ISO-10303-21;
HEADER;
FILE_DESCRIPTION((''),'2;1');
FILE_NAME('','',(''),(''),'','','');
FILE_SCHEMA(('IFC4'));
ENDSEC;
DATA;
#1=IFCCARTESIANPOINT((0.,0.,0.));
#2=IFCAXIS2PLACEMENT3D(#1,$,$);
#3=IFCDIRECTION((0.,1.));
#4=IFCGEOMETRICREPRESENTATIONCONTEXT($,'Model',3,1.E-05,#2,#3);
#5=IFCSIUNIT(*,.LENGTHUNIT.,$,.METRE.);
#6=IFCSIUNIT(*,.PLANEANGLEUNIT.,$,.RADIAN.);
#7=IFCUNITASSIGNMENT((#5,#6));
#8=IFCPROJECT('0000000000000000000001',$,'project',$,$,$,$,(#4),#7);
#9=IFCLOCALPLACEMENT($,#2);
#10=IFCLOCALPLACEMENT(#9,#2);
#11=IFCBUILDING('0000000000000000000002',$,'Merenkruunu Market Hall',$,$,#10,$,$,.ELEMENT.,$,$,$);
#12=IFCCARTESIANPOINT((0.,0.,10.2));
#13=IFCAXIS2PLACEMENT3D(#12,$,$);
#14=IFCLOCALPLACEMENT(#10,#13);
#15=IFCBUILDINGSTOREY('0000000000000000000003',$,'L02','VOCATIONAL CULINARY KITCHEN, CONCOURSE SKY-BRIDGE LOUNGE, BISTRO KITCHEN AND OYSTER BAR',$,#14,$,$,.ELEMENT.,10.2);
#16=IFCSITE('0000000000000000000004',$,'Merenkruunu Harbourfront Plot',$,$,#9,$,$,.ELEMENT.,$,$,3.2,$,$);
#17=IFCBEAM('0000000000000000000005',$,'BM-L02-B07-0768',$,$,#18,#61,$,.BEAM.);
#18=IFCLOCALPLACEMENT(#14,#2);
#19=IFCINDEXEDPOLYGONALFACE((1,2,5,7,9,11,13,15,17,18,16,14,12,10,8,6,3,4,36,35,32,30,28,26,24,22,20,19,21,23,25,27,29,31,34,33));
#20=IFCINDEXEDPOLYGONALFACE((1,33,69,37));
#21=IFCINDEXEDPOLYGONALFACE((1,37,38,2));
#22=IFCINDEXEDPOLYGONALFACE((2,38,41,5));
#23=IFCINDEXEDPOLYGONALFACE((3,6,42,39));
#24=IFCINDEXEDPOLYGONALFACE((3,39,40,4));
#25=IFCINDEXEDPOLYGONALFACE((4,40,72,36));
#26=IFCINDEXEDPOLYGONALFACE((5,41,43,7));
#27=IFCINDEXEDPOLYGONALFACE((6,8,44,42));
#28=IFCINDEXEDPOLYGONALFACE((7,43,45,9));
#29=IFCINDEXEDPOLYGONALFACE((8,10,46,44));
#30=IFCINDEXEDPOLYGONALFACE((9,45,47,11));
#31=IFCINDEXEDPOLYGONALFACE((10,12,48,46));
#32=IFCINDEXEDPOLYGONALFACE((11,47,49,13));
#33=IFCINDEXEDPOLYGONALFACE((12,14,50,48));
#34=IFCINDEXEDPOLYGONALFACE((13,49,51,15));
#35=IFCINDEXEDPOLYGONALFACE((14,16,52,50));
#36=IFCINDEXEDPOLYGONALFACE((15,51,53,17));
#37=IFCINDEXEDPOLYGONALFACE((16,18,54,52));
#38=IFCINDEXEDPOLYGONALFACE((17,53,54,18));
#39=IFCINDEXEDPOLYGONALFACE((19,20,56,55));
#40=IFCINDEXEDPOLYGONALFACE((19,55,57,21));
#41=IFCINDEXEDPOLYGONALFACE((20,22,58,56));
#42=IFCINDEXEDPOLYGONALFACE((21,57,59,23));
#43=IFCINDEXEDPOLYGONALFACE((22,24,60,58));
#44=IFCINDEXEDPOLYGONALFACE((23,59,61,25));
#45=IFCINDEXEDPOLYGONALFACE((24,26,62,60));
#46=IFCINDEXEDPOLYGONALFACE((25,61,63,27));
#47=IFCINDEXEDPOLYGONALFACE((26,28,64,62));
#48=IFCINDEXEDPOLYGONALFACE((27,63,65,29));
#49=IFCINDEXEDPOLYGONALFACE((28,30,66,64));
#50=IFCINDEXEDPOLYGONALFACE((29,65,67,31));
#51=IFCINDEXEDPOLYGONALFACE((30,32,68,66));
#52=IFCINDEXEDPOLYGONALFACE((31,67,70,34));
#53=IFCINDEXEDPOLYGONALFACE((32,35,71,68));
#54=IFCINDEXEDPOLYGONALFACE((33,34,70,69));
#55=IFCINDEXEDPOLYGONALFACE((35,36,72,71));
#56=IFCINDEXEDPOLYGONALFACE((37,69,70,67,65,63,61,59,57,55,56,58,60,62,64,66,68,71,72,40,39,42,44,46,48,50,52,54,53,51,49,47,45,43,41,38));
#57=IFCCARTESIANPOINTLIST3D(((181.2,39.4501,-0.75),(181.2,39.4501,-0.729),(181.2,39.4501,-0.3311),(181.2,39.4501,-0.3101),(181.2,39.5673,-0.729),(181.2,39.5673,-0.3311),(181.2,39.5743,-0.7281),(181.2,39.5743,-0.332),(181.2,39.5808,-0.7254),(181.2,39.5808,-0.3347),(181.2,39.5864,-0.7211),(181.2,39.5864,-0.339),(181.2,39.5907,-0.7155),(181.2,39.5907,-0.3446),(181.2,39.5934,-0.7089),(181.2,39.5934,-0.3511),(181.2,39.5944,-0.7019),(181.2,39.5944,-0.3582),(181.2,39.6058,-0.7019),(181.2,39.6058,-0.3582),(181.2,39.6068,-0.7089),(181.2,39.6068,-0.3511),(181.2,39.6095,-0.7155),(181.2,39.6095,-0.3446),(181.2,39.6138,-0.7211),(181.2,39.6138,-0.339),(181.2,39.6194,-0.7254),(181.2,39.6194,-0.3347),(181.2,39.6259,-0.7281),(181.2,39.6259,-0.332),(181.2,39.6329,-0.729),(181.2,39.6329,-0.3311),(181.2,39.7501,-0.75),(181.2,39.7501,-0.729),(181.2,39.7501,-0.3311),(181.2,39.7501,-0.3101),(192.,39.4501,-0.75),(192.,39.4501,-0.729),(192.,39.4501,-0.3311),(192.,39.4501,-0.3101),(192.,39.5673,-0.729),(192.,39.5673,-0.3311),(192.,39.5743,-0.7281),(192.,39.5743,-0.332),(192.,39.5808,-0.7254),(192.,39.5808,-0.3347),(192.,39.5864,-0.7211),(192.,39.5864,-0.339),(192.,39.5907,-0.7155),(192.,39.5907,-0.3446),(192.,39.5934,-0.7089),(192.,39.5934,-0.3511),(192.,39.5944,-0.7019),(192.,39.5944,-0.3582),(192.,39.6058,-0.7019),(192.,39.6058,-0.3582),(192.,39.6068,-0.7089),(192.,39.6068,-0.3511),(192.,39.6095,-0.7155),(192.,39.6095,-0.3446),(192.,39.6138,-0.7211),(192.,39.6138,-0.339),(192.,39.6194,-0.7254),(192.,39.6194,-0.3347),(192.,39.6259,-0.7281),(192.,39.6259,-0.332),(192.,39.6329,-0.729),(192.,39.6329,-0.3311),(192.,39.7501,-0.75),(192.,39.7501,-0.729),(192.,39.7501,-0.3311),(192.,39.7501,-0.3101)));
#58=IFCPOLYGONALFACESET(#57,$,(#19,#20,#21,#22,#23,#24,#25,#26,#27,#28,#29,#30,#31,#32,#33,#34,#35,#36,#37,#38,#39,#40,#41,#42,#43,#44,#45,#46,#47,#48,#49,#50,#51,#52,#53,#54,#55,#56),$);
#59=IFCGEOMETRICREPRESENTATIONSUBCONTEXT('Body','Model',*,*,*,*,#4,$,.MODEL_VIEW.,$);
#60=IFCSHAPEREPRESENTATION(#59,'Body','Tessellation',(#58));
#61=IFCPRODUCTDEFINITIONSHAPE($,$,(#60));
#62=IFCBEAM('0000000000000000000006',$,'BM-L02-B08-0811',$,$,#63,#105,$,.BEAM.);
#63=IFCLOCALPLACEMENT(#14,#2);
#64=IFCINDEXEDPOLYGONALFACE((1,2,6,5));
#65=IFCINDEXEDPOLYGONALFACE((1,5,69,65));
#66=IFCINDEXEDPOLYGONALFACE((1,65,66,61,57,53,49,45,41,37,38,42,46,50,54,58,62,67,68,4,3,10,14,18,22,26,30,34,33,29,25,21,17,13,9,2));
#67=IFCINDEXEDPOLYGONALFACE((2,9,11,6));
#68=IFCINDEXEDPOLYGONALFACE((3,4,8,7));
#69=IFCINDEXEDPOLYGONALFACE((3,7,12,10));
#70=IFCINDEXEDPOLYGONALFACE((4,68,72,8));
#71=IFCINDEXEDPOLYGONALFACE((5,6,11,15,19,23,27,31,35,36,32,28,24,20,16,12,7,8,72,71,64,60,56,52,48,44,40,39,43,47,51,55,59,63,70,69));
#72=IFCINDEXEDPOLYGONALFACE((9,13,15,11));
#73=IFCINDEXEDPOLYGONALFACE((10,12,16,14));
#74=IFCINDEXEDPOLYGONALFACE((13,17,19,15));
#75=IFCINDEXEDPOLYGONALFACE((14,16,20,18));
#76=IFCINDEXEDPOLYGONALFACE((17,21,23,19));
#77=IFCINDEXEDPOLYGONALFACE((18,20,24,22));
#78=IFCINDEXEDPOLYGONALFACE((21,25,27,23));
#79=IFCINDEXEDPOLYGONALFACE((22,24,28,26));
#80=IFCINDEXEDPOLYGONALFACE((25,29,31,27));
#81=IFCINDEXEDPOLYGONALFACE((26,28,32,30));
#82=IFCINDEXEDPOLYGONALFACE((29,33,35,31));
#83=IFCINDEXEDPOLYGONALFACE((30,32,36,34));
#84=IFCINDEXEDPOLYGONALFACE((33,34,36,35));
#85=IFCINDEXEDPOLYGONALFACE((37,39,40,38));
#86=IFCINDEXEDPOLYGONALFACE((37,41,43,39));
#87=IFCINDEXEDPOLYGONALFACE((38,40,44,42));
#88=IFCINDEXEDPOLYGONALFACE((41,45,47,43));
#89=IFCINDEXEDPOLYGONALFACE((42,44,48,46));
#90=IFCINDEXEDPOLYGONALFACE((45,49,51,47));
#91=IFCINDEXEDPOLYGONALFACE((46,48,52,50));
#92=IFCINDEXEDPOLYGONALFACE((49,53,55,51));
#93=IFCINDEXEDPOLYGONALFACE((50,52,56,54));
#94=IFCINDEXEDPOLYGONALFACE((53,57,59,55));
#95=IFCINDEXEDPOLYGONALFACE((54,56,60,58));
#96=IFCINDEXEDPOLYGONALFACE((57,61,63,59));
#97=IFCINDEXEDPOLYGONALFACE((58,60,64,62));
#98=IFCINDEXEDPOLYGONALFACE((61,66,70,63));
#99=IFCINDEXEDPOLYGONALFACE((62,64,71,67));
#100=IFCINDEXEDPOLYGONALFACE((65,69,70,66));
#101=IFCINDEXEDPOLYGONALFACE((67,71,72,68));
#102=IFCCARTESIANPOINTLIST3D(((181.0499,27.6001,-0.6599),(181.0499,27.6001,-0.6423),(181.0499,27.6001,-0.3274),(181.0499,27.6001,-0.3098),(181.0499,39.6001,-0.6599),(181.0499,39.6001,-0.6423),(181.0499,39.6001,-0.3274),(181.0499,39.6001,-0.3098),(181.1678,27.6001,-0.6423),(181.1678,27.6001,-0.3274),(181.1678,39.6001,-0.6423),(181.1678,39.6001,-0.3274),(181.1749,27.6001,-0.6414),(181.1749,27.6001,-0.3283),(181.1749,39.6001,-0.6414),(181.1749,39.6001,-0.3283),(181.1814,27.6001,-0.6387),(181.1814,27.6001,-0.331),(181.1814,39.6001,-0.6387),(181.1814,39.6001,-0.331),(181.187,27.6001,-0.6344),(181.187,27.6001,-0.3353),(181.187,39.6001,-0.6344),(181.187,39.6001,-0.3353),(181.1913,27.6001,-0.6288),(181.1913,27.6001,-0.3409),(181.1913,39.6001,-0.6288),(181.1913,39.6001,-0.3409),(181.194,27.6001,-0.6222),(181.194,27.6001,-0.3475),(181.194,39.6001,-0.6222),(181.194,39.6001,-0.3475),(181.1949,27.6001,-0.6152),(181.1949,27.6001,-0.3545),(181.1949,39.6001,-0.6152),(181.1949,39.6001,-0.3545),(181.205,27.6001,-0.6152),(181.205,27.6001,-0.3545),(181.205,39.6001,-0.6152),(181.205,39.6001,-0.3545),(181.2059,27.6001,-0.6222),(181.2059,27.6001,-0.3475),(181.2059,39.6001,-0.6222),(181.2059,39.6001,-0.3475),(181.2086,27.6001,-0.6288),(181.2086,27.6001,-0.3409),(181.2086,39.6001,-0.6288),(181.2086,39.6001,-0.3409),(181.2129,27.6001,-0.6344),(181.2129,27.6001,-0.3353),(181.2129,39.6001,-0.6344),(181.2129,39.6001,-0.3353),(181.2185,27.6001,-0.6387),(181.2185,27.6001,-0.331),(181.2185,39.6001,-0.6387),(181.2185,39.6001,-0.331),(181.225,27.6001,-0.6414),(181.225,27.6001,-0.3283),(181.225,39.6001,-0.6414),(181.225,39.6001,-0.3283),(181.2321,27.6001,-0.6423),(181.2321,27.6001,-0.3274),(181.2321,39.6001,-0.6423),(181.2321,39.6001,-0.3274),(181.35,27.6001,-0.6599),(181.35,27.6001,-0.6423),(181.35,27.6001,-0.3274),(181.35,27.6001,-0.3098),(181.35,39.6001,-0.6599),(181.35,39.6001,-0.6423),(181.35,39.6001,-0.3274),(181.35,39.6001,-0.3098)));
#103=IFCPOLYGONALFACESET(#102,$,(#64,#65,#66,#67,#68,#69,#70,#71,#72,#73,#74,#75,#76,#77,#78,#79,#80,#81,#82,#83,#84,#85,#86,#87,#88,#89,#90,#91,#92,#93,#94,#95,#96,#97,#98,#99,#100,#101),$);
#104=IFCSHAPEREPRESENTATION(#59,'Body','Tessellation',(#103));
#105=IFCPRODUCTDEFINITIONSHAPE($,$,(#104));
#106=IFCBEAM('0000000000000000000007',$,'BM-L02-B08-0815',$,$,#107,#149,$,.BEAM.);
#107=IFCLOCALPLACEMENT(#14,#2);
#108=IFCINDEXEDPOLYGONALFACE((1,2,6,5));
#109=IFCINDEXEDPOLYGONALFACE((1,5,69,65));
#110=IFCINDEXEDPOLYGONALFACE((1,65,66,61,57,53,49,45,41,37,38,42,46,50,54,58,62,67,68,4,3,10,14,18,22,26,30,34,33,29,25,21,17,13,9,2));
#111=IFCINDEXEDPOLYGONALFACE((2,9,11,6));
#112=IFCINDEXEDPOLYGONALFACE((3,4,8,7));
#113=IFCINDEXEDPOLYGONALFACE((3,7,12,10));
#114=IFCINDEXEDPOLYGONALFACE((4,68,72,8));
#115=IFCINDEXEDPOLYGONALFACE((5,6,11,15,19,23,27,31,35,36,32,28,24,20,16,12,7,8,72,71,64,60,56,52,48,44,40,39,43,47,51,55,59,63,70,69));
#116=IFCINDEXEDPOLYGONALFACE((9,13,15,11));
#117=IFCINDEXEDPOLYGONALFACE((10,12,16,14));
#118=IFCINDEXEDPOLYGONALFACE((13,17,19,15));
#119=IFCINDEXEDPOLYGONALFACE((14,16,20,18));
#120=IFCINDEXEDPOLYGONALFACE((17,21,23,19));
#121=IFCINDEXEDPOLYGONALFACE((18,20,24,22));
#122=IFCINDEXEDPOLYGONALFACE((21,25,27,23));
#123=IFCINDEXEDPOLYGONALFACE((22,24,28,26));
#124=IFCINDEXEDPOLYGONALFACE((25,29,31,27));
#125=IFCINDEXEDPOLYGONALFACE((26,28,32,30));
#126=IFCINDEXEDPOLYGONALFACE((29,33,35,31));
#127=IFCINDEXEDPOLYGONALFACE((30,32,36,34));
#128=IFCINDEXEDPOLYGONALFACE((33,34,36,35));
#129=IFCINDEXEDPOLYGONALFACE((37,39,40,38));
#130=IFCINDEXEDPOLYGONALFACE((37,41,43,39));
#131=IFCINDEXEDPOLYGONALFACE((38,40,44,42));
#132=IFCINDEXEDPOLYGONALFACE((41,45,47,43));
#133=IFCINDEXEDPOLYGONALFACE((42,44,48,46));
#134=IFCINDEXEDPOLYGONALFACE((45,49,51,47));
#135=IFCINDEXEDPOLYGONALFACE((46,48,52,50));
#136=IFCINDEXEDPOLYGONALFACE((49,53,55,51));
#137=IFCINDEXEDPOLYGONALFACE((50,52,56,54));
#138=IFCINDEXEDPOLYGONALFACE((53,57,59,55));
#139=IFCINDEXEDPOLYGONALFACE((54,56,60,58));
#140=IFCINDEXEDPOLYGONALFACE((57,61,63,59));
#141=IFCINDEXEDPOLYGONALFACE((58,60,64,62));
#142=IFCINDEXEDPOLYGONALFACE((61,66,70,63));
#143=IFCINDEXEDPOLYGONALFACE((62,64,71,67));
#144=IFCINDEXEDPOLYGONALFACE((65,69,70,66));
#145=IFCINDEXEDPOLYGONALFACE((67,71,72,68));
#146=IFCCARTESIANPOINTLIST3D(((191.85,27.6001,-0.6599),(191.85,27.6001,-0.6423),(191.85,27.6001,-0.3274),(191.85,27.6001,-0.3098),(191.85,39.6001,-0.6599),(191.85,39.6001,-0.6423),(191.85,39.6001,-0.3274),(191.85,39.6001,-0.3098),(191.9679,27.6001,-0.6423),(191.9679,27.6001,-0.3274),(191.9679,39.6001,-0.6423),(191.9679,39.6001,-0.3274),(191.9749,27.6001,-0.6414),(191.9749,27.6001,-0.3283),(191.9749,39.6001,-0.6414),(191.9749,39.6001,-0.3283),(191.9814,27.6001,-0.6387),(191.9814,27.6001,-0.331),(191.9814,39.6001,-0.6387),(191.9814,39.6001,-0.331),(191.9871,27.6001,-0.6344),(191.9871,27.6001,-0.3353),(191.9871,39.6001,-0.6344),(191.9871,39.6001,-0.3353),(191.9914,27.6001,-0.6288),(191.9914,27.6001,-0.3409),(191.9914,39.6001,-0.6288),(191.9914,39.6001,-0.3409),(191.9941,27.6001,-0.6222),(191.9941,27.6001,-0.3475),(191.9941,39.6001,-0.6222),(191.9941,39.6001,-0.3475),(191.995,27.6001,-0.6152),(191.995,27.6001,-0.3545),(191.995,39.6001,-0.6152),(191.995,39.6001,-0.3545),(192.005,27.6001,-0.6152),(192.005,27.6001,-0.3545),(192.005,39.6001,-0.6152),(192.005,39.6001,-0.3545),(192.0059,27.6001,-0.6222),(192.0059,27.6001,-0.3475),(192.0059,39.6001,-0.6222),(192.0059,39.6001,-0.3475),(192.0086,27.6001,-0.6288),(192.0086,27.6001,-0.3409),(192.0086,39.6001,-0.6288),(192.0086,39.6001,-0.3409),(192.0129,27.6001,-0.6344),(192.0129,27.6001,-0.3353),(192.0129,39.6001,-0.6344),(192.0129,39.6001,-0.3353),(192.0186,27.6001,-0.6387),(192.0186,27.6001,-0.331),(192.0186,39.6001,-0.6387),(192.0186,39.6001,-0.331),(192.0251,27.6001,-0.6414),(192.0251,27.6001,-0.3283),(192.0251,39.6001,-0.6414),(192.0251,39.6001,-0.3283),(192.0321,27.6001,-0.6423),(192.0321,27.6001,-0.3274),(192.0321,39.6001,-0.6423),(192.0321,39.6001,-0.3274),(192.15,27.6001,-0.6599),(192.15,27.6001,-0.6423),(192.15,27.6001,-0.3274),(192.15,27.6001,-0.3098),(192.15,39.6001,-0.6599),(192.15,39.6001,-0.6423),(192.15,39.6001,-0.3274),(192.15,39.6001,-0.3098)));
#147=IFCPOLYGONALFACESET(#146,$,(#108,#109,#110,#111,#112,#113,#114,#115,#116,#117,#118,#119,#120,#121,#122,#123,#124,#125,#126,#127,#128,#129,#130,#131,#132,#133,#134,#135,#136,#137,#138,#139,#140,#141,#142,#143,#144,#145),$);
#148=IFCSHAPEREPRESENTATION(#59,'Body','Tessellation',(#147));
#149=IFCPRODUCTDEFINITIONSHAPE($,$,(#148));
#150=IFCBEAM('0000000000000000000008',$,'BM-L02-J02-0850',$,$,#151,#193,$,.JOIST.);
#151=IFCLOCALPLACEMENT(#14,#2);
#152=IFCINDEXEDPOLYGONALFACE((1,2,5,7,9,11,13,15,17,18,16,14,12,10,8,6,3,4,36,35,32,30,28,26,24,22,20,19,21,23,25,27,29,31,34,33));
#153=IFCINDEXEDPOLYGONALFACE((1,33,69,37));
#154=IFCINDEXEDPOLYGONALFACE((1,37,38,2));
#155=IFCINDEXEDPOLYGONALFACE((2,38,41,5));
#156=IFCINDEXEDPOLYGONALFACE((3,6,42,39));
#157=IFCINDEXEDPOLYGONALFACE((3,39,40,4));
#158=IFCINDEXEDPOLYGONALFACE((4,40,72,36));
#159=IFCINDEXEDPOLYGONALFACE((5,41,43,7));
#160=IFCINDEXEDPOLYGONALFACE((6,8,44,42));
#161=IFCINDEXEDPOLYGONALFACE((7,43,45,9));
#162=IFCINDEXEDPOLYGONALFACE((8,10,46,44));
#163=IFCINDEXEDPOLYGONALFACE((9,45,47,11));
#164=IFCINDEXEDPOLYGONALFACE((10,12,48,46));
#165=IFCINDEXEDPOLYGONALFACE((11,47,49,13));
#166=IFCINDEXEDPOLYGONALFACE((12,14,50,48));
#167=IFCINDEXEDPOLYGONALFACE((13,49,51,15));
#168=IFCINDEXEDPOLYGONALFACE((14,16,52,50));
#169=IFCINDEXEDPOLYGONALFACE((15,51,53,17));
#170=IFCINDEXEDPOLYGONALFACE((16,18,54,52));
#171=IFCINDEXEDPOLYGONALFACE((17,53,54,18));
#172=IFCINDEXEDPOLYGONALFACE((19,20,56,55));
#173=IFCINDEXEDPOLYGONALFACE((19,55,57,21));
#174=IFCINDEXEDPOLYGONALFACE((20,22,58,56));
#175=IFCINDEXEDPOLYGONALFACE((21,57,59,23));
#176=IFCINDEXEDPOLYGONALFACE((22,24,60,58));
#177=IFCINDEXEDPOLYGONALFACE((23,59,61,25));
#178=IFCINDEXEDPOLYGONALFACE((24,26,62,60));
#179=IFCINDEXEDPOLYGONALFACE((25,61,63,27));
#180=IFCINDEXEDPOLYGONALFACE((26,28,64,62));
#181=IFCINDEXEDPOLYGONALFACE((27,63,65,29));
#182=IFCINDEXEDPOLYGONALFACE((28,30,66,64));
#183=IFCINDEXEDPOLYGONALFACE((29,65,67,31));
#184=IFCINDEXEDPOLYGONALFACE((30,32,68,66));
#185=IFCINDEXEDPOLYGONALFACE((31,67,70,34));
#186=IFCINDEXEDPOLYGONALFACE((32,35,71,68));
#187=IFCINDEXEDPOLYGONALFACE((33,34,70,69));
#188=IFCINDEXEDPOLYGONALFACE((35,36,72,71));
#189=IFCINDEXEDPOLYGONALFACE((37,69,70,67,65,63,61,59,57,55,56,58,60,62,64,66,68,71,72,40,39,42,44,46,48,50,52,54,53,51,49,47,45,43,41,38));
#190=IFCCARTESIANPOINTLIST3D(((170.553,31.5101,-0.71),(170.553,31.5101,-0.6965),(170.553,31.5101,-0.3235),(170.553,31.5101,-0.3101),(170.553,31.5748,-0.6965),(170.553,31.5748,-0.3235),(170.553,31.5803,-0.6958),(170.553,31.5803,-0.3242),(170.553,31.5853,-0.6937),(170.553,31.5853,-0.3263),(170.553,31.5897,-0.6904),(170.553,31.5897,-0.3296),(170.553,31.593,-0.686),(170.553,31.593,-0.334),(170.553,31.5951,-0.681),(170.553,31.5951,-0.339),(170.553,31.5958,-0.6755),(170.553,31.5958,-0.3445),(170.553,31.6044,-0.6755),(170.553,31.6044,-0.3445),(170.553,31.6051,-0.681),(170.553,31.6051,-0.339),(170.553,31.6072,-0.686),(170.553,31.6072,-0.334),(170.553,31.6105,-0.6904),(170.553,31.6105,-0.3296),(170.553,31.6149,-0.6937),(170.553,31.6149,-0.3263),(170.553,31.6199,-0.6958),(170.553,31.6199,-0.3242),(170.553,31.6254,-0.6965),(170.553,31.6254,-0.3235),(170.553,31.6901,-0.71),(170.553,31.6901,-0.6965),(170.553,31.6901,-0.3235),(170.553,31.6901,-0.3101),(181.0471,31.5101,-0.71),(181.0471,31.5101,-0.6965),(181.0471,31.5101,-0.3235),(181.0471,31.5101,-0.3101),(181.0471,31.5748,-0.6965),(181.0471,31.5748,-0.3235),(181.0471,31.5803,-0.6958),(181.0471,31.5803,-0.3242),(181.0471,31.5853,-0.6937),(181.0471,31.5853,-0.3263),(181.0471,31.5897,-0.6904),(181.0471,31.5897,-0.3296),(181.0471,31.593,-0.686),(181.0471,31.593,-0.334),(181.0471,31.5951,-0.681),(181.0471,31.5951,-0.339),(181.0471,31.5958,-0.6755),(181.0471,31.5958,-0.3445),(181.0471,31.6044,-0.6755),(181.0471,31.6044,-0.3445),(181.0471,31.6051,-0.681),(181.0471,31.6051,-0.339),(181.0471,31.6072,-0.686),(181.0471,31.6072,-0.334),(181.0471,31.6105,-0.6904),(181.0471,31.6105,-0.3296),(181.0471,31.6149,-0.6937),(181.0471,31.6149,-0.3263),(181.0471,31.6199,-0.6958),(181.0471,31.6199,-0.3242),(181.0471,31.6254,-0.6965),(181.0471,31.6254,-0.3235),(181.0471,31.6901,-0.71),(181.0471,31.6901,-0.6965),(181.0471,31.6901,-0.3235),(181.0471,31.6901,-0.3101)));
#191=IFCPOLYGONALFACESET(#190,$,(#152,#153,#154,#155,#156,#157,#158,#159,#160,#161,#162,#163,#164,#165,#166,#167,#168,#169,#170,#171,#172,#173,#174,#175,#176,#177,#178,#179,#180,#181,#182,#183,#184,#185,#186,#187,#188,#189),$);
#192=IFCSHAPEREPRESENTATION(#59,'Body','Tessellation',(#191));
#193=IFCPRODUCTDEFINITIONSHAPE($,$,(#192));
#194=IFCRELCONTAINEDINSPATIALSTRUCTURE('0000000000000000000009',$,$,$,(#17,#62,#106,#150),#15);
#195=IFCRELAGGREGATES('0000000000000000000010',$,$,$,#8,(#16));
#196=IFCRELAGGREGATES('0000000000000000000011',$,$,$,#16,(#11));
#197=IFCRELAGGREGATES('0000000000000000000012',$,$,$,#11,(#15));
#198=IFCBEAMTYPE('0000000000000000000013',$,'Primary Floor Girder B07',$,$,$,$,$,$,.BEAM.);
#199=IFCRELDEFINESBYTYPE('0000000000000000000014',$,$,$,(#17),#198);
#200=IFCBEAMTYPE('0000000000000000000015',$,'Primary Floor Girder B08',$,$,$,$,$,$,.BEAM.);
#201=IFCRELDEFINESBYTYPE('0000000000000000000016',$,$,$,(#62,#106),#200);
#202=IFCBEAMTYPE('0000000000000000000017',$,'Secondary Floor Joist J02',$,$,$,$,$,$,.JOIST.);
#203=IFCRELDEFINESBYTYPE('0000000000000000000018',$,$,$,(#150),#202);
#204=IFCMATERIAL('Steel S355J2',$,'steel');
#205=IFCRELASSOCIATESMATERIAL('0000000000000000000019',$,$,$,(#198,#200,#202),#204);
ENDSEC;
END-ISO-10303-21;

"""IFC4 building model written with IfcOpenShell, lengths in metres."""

from ifc_helpers import new_model, si_unit, direction, frame, origin, origin_2d, place, context, subcontext, project, spatial, i_section, extrude, material, material_profile, profile_set, type_object, element, save


model = new_model("IFC4")

# Units and contexts
model_context = context("Model", 3, precision=1e-05, world=origin(), true_north=direction((0.0, 1.0)))
body_context = subcontext(model_context, "Body", "Model", "MODEL_VIEW")
ifc_project = project(units=[si_unit("LENGTHUNIT", "METRE"), si_unit("PLANEANGLEUNIT", "RADIAN")], contexts=[model_context])

# Site, building, storey
site_placement = place(None, origin())
site = spatial("IfcSite", under=ifc_project, at=site_placement, Name="Merenkruunu Harbourfront Plot", CompositionType="ELEMENT", RefElevation=3.2)
building_placement = place(site_placement, origin())
building = spatial("IfcBuilding", under=site, at=building_placement, Name="Merenkruunu Market Hall", CompositionType="ELEMENT")
storey_placement = place(building_placement, frame((0.0, 0.0, 10.2)))
storey = spatial("IfcBuildingStorey", under=building, at=storey_placement, Name="L02", Description="VOCATIONAL CULINARY KITCHEN, CONCOURSE SKY-BRIDGE LOUNGE, BISTRO KITCHEN AND OYSTER BAR", CompositionType="ELEMENT", Elevation=10.2)

# Shared definitions
ifc_material_1 = material(Name="Steel S355J2", Category="steel")

# Beams
ifc_material_profile_1 = material_profile(ifc_material_1, i_section(OverallWidth=0.3, OverallDepth=0.4399, WebThickness=0.0115, FlangeThickness=0.021, FilletRadius=0.0271, at=origin_2d()), Name="HEA 450")
ifc_profile_set_1 = profile_set([ifc_material_profile_1], Name="Steel S355J2")
beam_type_1 = type_object("IfcBeamType", Name="Primary Floor Girder B07", PredefinedType="BEAM", material=ifc_profile_set_1)
for number, where, z_axis, x_axis, name in (
    (1, (181.2, 39.6001, -0.53), (1.0, 0.0, 0.0), (0.0, 1.0, 0.0), "BM-L02-B07-0768"),
):
    element("IfcBeam", number, at=place(storey_placement, frame(where, z_axis=z_axis, x_axis=x_axis)), inside=storey, type_object=beam_type_1, Name=name, PredefinedType="BEAM", context=body_context, shape_type="SweptSolid", body=[
        extrude(i_section(OverallWidth=0.3, OverallDepth=0.4399, WebThickness=0.0115, FlangeThickness=0.021, FilletRadius=0.0271, at=origin_2d()), origin(), (0.0, 0.0, 1.0), 10.8),
    ])
ifc_material_profile_2 = material_profile(ifc_material_1, i_section(OverallWidth=0.3, OverallDepth=0.3501, WebThickness=0.01, FlangeThickness=0.0176, FilletRadius=0.0271, at=origin_2d()), Name="HEA 360")
ifc_profile_set_2 = profile_set([ifc_material_profile_2], Name="Steel S355J2")
beam_type_2 = type_object("IfcBeamType", Name="Primary Floor Girder B08", PredefinedType="BEAM", material=ifc_profile_set_2)
for number, where, z_axis, x_axis, name in (
    (2, (181.2, 27.6001, -0.4849), (0.0, 1.0, 0.0), (-1.0, 0.0, 0.0), "BM-L02-B08-0811"),
    (3, (192.0, 27.6001, -0.4849), (0.0, 1.0, 0.0), (-1.0, 0.0, 0.0), "BM-L02-B08-0815"),
):
    element("IfcBeam", number, at=place(storey_placement, frame(where, z_axis=z_axis, x_axis=x_axis)), inside=storey, type_object=beam_type_2, Name=name, PredefinedType="BEAM", context=body_context, shape_type="SweptSolid", body=[
        extrude(i_section(OverallWidth=0.3, OverallDepth=0.3501, WebThickness=0.01, FlangeThickness=0.0176, FilletRadius=0.0271, at=origin_2d()), origin(), (0.0, 0.0, 1.0), 12.0),
    ])
ifc_material_profile_3 = material_profile(ifc_material_1, i_section(OverallWidth=0.1799, OverallDepth=0.3999, WebThickness=0.0085, FlangeThickness=0.0134, FilletRadius=0.021, at=origin_2d()), Name="IPE 400")
ifc_profile_set_3 = profile_set([ifc_material_profile_3], Name="Steel S355J2")
beam_type_3 = type_object("IfcBeamType", Name="Secondary Floor Joist J02", PredefinedType="JOIST", material=ifc_profile_set_3)
for number, where, z_axis, x_axis, name in (
    (4, (170.553, 31.6001, -0.51), (1.0, 0.0, 0.0), (0.0, 1.0, 0.0), "BM-L02-J02-0850"),
):
    element("IfcBeam", number, at=place(storey_placement, frame(where, z_axis=z_axis, x_axis=x_axis)), inside=storey, type_object=beam_type_3, Name=name, PredefinedType="JOIST", context=body_context, shape_type="SweptSolid", body=[
        extrude(i_section(OverallWidth=0.1799, OverallDepth=0.3999, WebThickness=0.0085, FlangeThickness=0.0134, FilletRadius=0.021, at=origin_2d()), origin(), (0.0, 0.0, 1.0), 10.4941),
    ])

save(model, "model.ifc")
